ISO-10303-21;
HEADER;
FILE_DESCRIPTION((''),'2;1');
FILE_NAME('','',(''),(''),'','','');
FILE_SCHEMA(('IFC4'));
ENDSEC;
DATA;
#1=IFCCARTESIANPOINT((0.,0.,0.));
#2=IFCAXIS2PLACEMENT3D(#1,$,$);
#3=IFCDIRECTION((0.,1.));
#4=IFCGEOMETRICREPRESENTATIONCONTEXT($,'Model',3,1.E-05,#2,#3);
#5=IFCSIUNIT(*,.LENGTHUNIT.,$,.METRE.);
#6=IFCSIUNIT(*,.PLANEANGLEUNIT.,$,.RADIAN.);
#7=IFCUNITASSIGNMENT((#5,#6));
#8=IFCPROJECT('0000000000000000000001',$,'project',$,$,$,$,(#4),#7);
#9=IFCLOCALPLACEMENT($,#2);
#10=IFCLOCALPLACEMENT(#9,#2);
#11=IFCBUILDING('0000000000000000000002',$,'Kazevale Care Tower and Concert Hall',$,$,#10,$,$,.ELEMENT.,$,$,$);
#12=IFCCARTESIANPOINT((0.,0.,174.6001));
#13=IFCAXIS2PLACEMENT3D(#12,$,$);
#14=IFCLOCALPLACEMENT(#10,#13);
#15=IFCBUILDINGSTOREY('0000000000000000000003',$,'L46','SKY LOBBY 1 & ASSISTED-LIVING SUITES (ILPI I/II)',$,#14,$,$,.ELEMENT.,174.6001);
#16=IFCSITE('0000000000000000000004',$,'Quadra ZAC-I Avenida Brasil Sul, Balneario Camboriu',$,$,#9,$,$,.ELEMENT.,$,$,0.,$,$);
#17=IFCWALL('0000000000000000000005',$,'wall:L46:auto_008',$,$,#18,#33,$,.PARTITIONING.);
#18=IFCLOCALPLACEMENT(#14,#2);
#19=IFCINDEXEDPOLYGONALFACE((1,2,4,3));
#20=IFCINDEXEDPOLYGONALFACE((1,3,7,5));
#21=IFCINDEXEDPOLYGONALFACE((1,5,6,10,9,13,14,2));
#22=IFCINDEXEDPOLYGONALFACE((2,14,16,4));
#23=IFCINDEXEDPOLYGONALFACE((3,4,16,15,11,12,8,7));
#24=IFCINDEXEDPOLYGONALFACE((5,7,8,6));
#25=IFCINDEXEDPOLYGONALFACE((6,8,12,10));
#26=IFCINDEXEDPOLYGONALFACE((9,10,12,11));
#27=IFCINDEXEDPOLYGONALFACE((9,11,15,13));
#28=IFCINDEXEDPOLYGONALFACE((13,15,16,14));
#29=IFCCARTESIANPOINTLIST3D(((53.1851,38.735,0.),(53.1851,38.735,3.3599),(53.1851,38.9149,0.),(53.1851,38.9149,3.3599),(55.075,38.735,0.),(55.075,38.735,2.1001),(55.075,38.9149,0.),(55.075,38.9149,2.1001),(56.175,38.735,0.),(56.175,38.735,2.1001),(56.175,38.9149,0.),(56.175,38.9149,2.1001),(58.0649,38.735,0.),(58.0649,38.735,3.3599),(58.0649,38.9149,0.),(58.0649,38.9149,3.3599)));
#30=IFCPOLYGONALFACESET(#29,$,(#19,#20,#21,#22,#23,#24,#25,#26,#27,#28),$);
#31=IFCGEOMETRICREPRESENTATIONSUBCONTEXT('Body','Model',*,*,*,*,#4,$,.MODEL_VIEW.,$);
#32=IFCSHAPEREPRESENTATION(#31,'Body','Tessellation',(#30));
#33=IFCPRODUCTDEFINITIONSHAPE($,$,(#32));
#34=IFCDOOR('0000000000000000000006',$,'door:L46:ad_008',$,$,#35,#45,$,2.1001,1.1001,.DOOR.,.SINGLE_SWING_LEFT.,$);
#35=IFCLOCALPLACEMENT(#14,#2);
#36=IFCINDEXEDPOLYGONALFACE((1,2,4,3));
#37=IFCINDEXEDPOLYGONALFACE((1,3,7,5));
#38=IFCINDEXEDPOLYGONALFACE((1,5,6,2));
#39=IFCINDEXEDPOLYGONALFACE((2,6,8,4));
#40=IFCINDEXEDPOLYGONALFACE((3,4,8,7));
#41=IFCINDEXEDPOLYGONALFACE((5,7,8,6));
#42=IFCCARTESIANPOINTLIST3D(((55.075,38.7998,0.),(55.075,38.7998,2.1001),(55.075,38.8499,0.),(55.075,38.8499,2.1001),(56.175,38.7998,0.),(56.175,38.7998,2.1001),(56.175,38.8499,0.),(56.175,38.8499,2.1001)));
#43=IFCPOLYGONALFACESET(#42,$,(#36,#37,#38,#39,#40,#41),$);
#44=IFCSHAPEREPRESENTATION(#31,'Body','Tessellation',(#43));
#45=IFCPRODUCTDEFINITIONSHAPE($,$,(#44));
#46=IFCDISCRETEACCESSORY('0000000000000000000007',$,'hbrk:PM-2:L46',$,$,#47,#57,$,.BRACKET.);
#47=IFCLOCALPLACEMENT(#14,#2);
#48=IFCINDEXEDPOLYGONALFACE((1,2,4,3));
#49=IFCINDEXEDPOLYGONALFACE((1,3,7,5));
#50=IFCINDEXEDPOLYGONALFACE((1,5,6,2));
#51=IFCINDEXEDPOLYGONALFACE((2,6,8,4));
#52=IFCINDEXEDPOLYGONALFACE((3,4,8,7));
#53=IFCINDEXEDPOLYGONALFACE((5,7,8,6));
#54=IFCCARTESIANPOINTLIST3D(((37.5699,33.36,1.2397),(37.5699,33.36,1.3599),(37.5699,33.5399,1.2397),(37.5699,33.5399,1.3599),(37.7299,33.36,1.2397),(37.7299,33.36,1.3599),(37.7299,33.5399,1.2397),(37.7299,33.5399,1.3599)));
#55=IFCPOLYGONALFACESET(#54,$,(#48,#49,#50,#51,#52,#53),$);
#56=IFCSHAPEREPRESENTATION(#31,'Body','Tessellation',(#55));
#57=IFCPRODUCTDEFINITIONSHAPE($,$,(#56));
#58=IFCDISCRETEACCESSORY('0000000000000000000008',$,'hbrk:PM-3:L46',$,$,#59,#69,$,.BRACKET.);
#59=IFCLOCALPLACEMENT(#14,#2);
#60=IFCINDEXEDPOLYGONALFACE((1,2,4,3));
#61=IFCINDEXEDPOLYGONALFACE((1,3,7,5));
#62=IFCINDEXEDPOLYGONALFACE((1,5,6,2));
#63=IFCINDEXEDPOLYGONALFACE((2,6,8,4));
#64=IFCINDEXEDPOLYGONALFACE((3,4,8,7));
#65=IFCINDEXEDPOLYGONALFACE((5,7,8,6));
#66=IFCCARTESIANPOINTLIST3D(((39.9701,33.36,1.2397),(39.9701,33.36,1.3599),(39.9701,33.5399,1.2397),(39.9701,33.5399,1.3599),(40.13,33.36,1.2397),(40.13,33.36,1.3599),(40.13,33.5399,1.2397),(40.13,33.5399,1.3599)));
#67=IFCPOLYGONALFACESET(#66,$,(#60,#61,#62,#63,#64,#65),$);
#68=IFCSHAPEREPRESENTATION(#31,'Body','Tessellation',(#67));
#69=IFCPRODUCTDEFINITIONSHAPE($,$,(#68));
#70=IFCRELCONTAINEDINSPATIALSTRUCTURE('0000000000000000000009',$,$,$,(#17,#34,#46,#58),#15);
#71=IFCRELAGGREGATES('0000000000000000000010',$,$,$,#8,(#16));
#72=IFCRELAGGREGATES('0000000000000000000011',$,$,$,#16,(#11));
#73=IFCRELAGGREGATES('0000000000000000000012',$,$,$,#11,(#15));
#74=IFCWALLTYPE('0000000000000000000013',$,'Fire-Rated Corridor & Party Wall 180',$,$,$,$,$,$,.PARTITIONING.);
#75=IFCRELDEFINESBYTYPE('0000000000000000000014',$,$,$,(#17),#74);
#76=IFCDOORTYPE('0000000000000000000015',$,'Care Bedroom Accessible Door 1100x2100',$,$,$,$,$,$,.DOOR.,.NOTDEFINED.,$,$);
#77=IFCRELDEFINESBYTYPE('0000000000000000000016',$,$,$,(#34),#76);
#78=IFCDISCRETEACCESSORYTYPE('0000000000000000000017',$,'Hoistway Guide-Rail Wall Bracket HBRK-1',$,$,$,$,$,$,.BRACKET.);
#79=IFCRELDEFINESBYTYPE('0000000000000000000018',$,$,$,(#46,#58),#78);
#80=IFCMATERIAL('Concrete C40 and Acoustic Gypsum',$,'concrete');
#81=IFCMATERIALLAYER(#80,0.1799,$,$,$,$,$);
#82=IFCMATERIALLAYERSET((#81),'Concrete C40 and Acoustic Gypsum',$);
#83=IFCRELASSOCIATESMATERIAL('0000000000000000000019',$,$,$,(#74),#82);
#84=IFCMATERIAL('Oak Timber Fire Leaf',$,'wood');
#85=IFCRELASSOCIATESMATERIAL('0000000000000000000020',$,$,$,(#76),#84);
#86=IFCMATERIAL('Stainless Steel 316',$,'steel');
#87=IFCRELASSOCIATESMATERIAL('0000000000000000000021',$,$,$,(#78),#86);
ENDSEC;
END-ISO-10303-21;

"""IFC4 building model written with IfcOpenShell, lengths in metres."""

from ifc_helpers import new_model, si_unit, direction, frame, frame_2d, origin, origin_2d, place, context, subcontext, project, spatial, rectangle, extrude, material, layer, layer_set, type_object, element, fill, save


model = new_model("IFC4")

# Units and contexts
model_context = context("Model", 3, precision=1e-05, world=origin(), true_north=direction((0.0, 1.0)))
body_context = subcontext(model_context, "Body", "Model", "MODEL_VIEW")
ifc_project = project(units=[si_unit("LENGTHUNIT", "METRE"), si_unit("PLANEANGLEUNIT", "RADIAN")], contexts=[model_context])

# Site, building, storey
site_placement = place(None, origin())
site = spatial("IfcSite", under=ifc_project, at=site_placement, Name="Quadra ZAC-I Avenida Brasil Sul, Balneario Camboriu", CompositionType="ELEMENT", RefElevation=0.0)
building_placement = place(site_placement, origin())
building = spatial("IfcBuilding", under=site, at=building_placement, Name="Kazevale Care Tower and Concert Hall", CompositionType="ELEMENT")
storey_placement = place(building_placement, frame((0.0, 0.0, 174.6001)))
storey = spatial("IfcBuildingStorey", under=building, at=storey_placement, Name="L46", Description="SKY LOBBY 1 & ASSISTED-LIVING SUITES (ILPI I/II)", CompositionType="ELEMENT", Elevation=174.6001)

# Shared definitions
ifc_material_1 = material(Name="Oak Timber Fire Leaf", Category="wood")

# Wall, opening, door
ifc_material_2 = material(Name="Concrete C40 and Acoustic Gypsum", Category="concrete")
ifc_layer_1 = layer(ifc_material_2, 0.1799)
ifc_layer_set_1 = layer_set([ifc_layer_1], Name="Concrete C40 and Acoustic Gypsum")
wall_type_1 = type_object("IfcWallType", Name="Fire-Rated Corridor & Party Wall 180", PredefinedType="PARTITIONING", material=ifc_layer_set_1)
door_type_1 = type_object("IfcDoorType", Name="Care Bedroom Accessible Door 1100x2100", OperationType="NOTDEFINED", PredefinedType="DOOR", material=ifc_material_1)
wall_1_placement = place(storey_placement, frame((53.1851, 38.825, 0.0), z_axis=(0.0, 0.0, 1.0), x_axis=(1.0, 0.0, 0.0)))
wall_1 = element("IfcWall", 1, at=wall_1_placement, inside=storey, type_object=wall_type_1, Name="wall:L46:auto_008", PredefinedType="PARTITIONING", context=body_context, shape_type="SweptSolid", body=[
    extrude(rectangle(XDim=4.8799, YDim=0.1799, at=frame_2d((2.4399, 0.0))), origin(), (0.0, 0.0, 1.0), 3.3599),
])
opening_1_placement = place(wall_1_placement, frame((1.8899, 0.0, 0.0)))
opening_1 = element("IfcOpeningElement", 2, at=opening_1_placement, cuts=wall_1, PredefinedType="OPENING", context=body_context, shape_type="SweptSolid", body=[
    extrude(rectangle(XDim=1.1001, YDim=2.1001, at=frame_2d((0.55, 1.05))), frame((0.0, 0.0999, 0.0), z_axis=(0.0, -1.0, 0.0), x_axis=(1.0, 0.0, 0.0)), (0.0, 0.0, 1.0), 0.2),
])
door_1_placement = place(opening_1_placement, origin())
door_1 = element("IfcDoor", 3, at=door_1_placement, inside=storey, type_object=door_type_1, Name="door:L46:ad_008", OperationType="SINGLE_SWING_LEFT", OverallHeight=2.1001, OverallWidth=1.1001, PredefinedType="DOOR", context=body_context, shape_type="SweptSolid", body=[
    extrude(rectangle(XDim=1.1001, YDim=2.1001, at=frame_2d((0.55, 1.05))), frame((0.0, 0.0249, 0.0), z_axis=(0.0, -1.0, 0.0), x_axis=(1.0, 0.0, 0.0)), (0.0, 0.0, 1.0), 0.05),
])
fill(opening_1, door_1)

# Discrete accessories
ifc_material_3 = material(Name="Stainless Steel 316", Category="steel")
discrete_accessory_type = type_object("IfcDiscreteAccessoryType", Name="Hoistway Guide-Rail Wall Bracket HBRK-1", PredefinedType="BRACKET", material=ifc_material_3)
for number, where, z_axis, x_axis, name in (
    (4, (37.6499, 33.45, 1.2397), (0.0, 0.0, 1.0), (1.0, 0.0, 0.0), "hbrk:PM-2:L46"),
    (5, (40.05, 33.45, 1.2397), (0.0, 0.0, 1.0), (1.0, 0.0, 0.0), "hbrk:PM-3:L46"),
):
    element("IfcDiscreteAccessory", number, at=place(storey_placement, frame(where, z_axis=z_axis, x_axis=x_axis)), inside=storey, type_object=discrete_accessory_type, Name=name, PredefinedType="BRACKET", context=body_context, shape_type="SweptSolid", body=[
        extrude(rectangle(XDim=0.1599, YDim=0.1799, at=origin_2d()), origin(), (0.0, 0.0, 1.0), 0.1201),
    ])

save(model, "model.ifc")
